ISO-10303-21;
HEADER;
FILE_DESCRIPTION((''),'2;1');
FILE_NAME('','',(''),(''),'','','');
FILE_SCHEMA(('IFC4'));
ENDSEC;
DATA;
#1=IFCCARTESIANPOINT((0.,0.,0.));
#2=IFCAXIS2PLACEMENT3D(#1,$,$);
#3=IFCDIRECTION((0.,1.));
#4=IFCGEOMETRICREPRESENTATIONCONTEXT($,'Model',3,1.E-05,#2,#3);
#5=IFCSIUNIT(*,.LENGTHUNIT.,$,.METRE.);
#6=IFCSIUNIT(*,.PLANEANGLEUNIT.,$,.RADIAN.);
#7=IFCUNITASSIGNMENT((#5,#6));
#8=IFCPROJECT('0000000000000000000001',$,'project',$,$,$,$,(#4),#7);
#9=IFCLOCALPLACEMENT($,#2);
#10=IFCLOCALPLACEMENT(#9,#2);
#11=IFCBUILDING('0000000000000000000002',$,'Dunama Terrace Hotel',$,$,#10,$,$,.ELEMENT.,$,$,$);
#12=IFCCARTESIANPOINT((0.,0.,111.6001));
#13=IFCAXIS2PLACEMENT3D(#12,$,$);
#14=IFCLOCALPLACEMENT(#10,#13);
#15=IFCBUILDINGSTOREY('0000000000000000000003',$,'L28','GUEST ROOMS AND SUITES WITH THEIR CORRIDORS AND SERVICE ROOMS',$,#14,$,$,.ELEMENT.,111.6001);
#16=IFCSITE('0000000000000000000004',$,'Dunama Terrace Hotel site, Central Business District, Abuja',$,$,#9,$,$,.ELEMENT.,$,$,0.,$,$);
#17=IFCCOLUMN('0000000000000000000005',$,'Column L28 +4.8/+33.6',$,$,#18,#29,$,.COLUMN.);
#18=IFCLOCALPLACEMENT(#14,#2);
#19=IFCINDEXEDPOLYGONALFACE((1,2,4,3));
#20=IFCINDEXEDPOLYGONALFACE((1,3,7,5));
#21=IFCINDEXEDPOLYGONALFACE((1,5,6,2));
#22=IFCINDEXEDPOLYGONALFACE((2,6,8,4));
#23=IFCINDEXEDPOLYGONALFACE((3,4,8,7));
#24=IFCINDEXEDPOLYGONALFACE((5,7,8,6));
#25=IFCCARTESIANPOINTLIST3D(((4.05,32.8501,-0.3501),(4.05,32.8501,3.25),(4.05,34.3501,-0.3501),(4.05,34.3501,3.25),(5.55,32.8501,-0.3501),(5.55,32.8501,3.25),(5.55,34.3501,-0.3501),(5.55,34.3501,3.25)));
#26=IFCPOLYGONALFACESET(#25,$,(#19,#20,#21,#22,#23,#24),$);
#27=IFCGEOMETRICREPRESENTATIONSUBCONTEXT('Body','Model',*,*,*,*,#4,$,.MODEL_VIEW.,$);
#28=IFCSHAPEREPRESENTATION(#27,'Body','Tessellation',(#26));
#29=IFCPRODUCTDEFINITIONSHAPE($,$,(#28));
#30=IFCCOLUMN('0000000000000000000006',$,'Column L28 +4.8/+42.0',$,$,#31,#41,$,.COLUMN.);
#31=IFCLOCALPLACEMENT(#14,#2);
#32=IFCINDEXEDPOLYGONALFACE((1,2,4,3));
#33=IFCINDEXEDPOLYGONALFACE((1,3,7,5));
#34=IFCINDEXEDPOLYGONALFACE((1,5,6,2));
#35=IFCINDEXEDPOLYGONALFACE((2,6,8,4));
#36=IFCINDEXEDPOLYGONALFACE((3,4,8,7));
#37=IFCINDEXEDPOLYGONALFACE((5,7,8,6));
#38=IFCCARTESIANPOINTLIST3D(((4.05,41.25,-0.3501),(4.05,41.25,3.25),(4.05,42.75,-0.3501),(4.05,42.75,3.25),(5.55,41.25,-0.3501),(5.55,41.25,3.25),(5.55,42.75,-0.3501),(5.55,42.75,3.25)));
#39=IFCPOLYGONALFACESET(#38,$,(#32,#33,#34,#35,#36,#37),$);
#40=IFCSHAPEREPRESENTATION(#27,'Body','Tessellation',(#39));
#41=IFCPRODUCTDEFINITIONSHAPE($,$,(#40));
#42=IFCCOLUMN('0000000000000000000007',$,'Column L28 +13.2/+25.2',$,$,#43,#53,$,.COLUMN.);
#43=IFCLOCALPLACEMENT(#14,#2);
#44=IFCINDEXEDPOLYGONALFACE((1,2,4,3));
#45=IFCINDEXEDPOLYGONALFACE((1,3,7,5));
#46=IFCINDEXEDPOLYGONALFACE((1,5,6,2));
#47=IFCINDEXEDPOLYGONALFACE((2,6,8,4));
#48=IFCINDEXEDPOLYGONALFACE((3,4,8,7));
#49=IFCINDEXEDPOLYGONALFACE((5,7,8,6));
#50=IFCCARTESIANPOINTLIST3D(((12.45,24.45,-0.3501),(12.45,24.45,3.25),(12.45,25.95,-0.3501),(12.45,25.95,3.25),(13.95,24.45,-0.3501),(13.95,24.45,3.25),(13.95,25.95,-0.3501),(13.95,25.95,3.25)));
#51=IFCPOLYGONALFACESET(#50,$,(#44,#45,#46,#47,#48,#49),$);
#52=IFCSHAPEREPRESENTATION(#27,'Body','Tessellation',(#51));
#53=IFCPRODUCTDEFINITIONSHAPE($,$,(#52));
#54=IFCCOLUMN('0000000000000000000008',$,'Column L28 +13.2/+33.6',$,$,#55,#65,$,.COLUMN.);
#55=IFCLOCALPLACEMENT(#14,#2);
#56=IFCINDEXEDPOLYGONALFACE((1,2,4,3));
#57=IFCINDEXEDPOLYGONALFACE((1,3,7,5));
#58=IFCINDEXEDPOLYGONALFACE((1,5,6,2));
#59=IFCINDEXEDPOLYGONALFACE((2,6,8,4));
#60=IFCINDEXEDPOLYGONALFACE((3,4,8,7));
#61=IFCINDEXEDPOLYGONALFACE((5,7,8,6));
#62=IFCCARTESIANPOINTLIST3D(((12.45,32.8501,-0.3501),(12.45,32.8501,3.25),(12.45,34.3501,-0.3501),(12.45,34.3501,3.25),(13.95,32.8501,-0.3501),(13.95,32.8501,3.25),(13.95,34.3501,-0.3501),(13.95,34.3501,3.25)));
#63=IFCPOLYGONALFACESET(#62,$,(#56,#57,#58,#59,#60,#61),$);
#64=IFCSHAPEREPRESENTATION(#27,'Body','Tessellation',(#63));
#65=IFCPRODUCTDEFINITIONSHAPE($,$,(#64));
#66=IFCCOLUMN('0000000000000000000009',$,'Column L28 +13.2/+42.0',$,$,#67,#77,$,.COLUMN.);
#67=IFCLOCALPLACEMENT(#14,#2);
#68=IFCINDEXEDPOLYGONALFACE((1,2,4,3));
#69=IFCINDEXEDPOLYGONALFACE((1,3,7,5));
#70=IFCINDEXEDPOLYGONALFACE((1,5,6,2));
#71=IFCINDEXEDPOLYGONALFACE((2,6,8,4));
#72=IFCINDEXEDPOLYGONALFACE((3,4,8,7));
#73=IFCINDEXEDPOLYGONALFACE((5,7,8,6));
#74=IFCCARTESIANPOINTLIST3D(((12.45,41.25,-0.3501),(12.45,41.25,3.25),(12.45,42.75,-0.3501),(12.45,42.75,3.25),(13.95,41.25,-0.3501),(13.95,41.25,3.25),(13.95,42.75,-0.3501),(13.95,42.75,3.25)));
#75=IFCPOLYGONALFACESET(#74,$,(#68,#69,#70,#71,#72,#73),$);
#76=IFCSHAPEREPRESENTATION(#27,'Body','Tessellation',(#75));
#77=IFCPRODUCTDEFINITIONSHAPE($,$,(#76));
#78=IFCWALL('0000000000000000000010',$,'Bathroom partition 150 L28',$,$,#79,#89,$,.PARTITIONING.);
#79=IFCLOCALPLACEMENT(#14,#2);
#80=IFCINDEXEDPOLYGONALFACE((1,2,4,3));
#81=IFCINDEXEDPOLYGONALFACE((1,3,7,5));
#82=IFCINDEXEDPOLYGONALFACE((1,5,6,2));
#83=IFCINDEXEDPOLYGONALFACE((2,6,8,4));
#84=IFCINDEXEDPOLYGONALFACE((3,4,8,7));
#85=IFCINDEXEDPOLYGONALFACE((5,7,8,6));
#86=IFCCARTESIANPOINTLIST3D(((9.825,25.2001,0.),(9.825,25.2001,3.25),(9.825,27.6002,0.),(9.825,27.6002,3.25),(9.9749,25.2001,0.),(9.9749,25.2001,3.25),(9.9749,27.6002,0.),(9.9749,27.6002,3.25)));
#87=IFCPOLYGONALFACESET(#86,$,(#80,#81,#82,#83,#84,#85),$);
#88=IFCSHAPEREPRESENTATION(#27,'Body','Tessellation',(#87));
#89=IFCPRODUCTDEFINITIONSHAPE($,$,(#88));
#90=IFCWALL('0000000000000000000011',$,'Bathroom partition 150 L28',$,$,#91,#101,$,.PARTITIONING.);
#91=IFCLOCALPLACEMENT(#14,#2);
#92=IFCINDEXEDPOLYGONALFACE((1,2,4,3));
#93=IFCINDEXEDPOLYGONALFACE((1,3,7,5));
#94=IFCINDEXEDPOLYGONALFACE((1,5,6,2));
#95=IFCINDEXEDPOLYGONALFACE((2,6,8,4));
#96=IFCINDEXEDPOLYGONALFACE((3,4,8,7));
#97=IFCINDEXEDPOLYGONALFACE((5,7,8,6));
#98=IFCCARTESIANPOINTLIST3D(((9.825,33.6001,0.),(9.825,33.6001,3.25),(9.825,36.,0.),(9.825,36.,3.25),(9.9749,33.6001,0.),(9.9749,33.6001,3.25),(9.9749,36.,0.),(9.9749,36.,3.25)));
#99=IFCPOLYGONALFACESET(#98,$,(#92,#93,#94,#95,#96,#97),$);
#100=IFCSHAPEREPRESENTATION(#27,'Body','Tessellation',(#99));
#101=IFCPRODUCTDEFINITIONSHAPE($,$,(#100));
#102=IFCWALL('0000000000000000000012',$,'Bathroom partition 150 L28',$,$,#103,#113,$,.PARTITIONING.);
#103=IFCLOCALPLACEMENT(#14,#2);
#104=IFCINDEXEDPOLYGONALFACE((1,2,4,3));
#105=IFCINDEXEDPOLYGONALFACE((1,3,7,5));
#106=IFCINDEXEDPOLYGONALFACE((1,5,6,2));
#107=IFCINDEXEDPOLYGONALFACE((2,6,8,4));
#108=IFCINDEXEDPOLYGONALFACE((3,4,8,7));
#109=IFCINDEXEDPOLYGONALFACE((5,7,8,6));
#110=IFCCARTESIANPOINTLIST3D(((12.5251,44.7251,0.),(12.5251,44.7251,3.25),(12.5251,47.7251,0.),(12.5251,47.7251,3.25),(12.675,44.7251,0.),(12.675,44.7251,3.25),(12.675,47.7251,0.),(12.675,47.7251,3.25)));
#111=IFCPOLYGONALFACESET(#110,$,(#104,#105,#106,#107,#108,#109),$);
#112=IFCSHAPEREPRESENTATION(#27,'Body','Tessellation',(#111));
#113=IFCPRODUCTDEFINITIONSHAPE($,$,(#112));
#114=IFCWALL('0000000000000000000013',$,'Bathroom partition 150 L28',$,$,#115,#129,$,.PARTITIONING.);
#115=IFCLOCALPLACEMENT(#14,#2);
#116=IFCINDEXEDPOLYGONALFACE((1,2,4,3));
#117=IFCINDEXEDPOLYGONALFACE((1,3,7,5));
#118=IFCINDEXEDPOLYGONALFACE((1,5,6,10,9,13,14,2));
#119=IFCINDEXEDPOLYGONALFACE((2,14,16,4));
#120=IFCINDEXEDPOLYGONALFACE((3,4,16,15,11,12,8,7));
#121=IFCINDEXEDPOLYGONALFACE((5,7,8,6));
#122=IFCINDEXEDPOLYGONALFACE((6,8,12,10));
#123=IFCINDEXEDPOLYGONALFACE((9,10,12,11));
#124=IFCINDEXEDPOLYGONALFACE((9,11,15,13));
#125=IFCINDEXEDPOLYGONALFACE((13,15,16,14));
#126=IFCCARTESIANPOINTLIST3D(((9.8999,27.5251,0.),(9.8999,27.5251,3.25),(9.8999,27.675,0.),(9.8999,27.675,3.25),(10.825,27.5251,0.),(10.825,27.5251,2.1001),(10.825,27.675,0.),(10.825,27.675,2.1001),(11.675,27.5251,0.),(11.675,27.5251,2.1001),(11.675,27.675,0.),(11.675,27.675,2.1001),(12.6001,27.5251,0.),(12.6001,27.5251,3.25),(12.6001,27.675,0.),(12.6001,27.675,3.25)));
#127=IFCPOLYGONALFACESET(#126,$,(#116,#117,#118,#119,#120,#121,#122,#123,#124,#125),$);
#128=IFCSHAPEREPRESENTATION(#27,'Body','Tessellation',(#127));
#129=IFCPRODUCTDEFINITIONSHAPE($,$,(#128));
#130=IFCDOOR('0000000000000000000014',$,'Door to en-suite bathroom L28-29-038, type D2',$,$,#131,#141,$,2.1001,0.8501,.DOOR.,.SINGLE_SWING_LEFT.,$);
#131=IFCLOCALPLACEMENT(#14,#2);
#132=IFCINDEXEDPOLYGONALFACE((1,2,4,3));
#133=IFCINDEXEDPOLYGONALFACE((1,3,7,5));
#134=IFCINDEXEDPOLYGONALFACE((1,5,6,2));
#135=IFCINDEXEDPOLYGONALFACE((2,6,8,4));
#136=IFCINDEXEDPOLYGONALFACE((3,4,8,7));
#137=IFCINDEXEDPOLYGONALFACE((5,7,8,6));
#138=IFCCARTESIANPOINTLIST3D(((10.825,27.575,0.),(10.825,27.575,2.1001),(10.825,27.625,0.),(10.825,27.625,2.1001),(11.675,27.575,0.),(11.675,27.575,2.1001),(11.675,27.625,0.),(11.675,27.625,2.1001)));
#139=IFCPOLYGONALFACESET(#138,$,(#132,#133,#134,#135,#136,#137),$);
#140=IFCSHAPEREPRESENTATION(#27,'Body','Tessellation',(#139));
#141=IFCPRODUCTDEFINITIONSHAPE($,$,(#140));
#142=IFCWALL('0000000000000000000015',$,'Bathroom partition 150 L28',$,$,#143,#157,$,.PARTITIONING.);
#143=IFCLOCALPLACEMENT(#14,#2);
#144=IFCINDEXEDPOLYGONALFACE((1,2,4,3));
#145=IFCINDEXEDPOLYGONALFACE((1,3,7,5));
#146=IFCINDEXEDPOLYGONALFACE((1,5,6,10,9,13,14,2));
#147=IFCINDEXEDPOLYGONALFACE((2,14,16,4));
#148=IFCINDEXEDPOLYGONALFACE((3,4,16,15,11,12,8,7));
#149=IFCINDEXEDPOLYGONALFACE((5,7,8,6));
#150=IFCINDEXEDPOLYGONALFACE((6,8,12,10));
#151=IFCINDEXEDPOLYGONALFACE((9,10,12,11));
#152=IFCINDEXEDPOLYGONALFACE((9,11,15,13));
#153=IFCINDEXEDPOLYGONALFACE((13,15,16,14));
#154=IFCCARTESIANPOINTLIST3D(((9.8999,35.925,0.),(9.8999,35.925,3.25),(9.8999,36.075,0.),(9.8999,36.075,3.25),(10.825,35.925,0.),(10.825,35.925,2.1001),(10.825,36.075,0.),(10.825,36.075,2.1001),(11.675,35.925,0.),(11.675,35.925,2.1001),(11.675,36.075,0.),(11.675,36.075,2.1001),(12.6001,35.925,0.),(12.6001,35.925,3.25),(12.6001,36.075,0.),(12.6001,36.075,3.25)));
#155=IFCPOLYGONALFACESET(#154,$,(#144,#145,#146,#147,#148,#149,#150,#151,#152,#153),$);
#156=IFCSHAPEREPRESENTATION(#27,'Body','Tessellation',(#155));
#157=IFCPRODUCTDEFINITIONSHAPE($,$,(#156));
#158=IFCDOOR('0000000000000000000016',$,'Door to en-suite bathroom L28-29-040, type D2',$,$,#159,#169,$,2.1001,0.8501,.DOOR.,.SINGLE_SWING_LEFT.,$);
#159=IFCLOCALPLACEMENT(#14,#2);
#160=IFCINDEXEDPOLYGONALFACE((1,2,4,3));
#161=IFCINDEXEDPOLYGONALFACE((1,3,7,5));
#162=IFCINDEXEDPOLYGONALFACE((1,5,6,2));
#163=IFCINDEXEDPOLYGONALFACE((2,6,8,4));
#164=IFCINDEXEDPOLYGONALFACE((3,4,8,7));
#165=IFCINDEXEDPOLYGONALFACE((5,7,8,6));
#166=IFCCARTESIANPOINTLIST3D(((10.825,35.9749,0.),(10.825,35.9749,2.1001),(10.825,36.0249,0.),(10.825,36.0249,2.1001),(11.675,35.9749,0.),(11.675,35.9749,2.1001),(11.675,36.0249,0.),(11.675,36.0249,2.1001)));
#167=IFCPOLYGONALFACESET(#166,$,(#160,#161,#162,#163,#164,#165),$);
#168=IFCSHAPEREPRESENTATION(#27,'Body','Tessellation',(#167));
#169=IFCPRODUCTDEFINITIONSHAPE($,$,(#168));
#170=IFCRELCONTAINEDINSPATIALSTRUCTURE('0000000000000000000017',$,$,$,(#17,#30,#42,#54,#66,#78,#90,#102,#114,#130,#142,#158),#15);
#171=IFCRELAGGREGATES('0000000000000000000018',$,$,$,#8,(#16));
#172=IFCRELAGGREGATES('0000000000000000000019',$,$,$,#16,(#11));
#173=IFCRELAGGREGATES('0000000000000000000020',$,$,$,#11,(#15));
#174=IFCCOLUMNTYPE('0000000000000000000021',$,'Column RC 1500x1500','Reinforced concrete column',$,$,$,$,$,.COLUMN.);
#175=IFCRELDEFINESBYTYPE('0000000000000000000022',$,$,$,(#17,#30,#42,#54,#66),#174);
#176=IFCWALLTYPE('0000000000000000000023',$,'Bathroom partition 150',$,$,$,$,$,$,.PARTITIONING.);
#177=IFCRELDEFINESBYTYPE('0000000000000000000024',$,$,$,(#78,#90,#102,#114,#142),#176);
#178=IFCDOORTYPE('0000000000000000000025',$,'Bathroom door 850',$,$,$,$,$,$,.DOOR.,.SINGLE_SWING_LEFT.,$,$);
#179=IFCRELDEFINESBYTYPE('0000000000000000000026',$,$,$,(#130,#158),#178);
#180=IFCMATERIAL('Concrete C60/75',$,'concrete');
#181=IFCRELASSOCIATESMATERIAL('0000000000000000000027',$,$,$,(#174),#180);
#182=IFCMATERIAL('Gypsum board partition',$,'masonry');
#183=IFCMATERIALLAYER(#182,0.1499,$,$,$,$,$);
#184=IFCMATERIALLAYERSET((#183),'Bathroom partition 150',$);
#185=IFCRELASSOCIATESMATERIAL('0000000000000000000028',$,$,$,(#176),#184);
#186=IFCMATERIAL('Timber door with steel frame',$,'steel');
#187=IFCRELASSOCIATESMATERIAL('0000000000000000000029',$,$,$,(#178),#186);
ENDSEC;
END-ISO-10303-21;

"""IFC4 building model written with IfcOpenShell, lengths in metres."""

from ifc_helpers import new_model, si_unit, direction, frame, frame_2d, origin, origin_2d, place, context, subcontext, project, spatial, rectangle, extrude, material, layer, layer_set, material_profile, profile_set, type_object, element, fill, save


model = new_model("IFC4")

# Units and contexts
model_context = context("Model", 3, precision=1e-05, world=origin(), true_north=direction((0.0, 1.0)))
body_context = subcontext(model_context, "Body", "Model", "MODEL_VIEW")
ifc_project = project(units=[si_unit("LENGTHUNIT", "METRE"), si_unit("PLANEANGLEUNIT", "RADIAN")], contexts=[model_context])

# Site, building, storey
site_placement = place(None, origin())
site = spatial("IfcSite", under=ifc_project, at=site_placement, Name="Dunama Terrace Hotel site, Central Business District, Abuja", CompositionType="ELEMENT", RefElevation=0.0)
building_placement = place(site_placement, origin())
building = spatial("IfcBuilding", under=site, at=building_placement, Name="Dunama Terrace Hotel", CompositionType="ELEMENT")
storey_placement = place(building_placement, frame((0.0, 0.0, 111.6001)))
storey = spatial("IfcBuildingStorey", under=building, at=storey_placement, Name="L28", Description="GUEST ROOMS AND SUITES WITH THEIR CORRIDORS AND SERVICE ROOMS", CompositionType="ELEMENT", Elevation=111.6001)

# Columns
ifc_material_1 = material(Name="Concrete C60/75", Category="concrete")
ifc_material_profile = material_profile(ifc_material_1, rectangle(XDim=1.5, YDim=1.5, at=origin_2d()), Name="RC 1500x1500")
ifc_profile_set = profile_set([ifc_material_profile], Name="Concrete C60/75")
column_type = type_object("IfcColumnType", Name="Column RC 1500x1500", Description="Reinforced concrete column", PredefinedType="COLUMN", material=ifc_profile_set)
for number, where, z_axis, x_axis, name in (
    (1, (4.8, 33.6001, -0.3501), (0.0, 0.0, 1.0), (1.0, 0.0, 0.0), "Column L28 +4.8/+33.6"),
    (2, (4.8, 42.0, -0.3501), (0.0, 0.0, 1.0), (1.0, 0.0, 0.0), "Column L28 +4.8/+42.0"),
    (3, (13.2, 25.2, -0.3501), (0.0, 0.0, 1.0), (1.0, 0.0, 0.0), "Column L28 +13.2/+25.2"),
    (4, (13.2, 33.6001, -0.3501), (0.0, 0.0, 1.0), (1.0, 0.0, 0.0), "Column L28 +13.2/+33.6"),
    (5, (13.2, 42.0, -0.3501), (0.0, 0.0, 1.0), (1.0, 0.0, 0.0), "Column L28 +13.2/+42.0"),
):
    element("IfcColumn", number, at=place(storey_placement, frame(where, z_axis=z_axis, x_axis=x_axis)), inside=storey, type_object=column_type, Name=name, PredefinedType="COLUMN", context=body_context, shape_type="SweptSolid", body=[
        extrude(rectangle(XDim=1.5, YDim=1.5, at=origin_2d()), origin(), (0.0, 0.0, 1.0), 3.6001),
    ])

# Walls
ifc_material_2 = material(Name="Gypsum board partition", Category="masonry")
ifc_layer_1 = layer(ifc_material_2, 0.1499)
ifc_layer_set_1 = layer_set([ifc_layer_1], Name="Bathroom partition 150")
wall_type_1 = type_object("IfcWallType", Name="Bathroom partition 150", PredefinedType="PARTITIONING", material=ifc_layer_set_1)
wall_1_placement = place(storey_placement, frame((9.8999, 25.2, 0.0), z_axis=(0.0, 0.0, 1.0), x_axis=(0.0, 1.0, 0.0)))
element("IfcWall", 6, at=wall_1_placement, inside=storey, type_object=wall_type_1, Name="Bathroom partition 150 L28", PredefinedType="PARTITIONING", context=body_context, shape_type="SweptSolid", body=[
    extrude(rectangle(XDim=2.4001, YDim=0.1499, at=frame_2d((1.2002, 0.0))), origin(), (0.0, 0.0, 1.0), 3.25),
])
wall_2_placement = place(storey_placement, frame((9.8999, 33.6001, 0.0), z_axis=(0.0, 0.0, 1.0), x_axis=(0.0, 1.0, 0.0)))
element("IfcWall", 7, at=wall_2_placement, inside=storey, type_object=wall_type_1, Name="Bathroom partition 150 L28", PredefinedType="PARTITIONING", context=body_context, shape_type="SweptSolid", body=[
    extrude(rectangle(XDim=2.3999, YDim=0.1499, at=frame_2d((1.2, 0.0))), origin(), (0.0, 0.0, 1.0), 3.25),
])
wall_3_placement = place(storey_placement, frame((12.6001, 44.7251, 0.0), z_axis=(0.0, 0.0, 1.0), x_axis=(0.0, 1.0, 0.0)))
element("IfcWall", 8, at=wall_3_placement, inside=storey, type_object=wall_type_1, Name="Bathroom partition 150 L28", PredefinedType="PARTITIONING", context=body_context, shape_type="SweptSolid", body=[
    extrude(rectangle(XDim=3.0, YDim=0.1499, at=frame_2d((1.5, 0.0))), origin(), (0.0, 0.0, 1.0), 3.25),
])

# Walls, openings, doors
wall_4_placement = place(storey_placement, frame((9.8999, 27.6001, 0.0), z_axis=(0.0, 0.0, 1.0), x_axis=(1.0, 0.0, 0.0)))
wall_4 = element("IfcWall", 9, at=wall_4_placement, inside=storey, type_object=wall_type_1, Name="Bathroom partition 150 L28", PredefinedType="PARTITIONING", context=body_context, shape_type="SweptSolid", body=[
    extrude(rectangle(XDim=2.7002, YDim=0.1499, at=frame_2d((1.3501, 0.0))), origin(), (0.0, 0.0, 1.0), 3.25),
])
opening_1_placement = place(wall_4_placement, frame((0.925, 0.0, 0.0)))
opening_1 = element("IfcOpeningElement", 10, at=opening_1_placement, cuts=wall_4, PredefinedType="OPENING", context=body_context, shape_type="SweptSolid", body=[
    extrude(rectangle(XDim=0.8501, YDim=2.1001, at=frame_2d((0.425, 1.05))), frame((0.0, 0.085, 0.0), z_axis=(0.0, -1.0, 0.0), x_axis=(1.0, 0.0, 0.0)), (0.0, 0.0, 1.0), 0.1699),
])
ifc_material_3 = material(Name="Timber door with steel frame", Category="steel")
door_type_1 = type_object("IfcDoorType", Name="Bathroom door 850", OperationType="SINGLE_SWING_LEFT", PredefinedType="DOOR", material=ifc_material_3)
door_1_placement = place(opening_1_placement, frame((0.8501, 0.0, 0.0), z_axis=(0.0, 0.0, 1.0), x_axis=(-1.0, 0.0, 0.0)))
door_1 = element("IfcDoor", 11, at=door_1_placement, inside=storey, type_object=door_type_1, Name="Door to en-suite bathroom L28-29-038, type D2", OperationType="SINGLE_SWING_LEFT", OverallHeight=2.1001, OverallWidth=0.8501, PredefinedType="DOOR", context=body_context, shape_type="SweptSolid", body=[
    extrude(rectangle(XDim=0.8501, YDim=2.1001, at=frame_2d((0.425, 1.05))), frame((0.0, 0.0251, 0.0), z_axis=(0.0, -1.0, 0.0), x_axis=(1.0, 0.0, 0.0)), (0.0, 0.0, 1.0), 0.05),
])
fill(opening_1, door_1)
wall_5_placement = place(storey_placement, frame((9.8999, 36.0, 0.0), z_axis=(0.0, 0.0, 1.0), x_axis=(1.0, 0.0, 0.0)))
wall_5 = element("IfcWall", 12, at=wall_5_placement, inside=storey, type_object=wall_type_1, Name="Bathroom partition 150 L28", PredefinedType="PARTITIONING", context=body_context, shape_type="SweptSolid", body=[
    extrude(rectangle(XDim=2.7002, YDim=0.1499, at=frame_2d((1.3501, 0.0))), origin(), (0.0, 0.0, 1.0), 3.25),
])
opening_2_placement = place(wall_5_placement, frame((0.925, 0.0, 0.0)))
opening_2 = element("IfcOpeningElement", 13, at=opening_2_placement, cuts=wall_5, PredefinedType="OPENING", context=body_context, shape_type="SweptSolid", body=[
    extrude(rectangle(XDim=0.8501, YDim=2.1001, at=frame_2d((0.425, 1.05))), frame((0.0, 0.085, 0.0), z_axis=(0.0, -1.0, 0.0), x_axis=(1.0, 0.0, 0.0)), (0.0, 0.0, 1.0), 0.1699),
])
door_2_placement = place(opening_2_placement, frame((0.8501, 0.0, 0.0), z_axis=(0.0, 0.0, 1.0), x_axis=(-1.0, 0.0, 0.0)))
door_2 = element("IfcDoor", 14, at=door_2_placement, inside=storey, type_object=door_type_1, Name="Door to en-suite bathroom L28-29-040, type D2", OperationType="SINGLE_SWING_LEFT", OverallHeight=2.1001, OverallWidth=0.8501, PredefinedType="DOOR", context=body_context, shape_type="SweptSolid", body=[
    extrude(rectangle(XDim=0.8501, YDim=2.1001, at=frame_2d((0.425, 1.05))), frame((0.0, 0.0251, 0.0), z_axis=(0.0, -1.0, 0.0), x_axis=(1.0, 0.0, 0.0)), (0.0, 0.0, 1.0), 0.05),
])
fill(opening_2, door_2)

save(model, "model.ifc")
